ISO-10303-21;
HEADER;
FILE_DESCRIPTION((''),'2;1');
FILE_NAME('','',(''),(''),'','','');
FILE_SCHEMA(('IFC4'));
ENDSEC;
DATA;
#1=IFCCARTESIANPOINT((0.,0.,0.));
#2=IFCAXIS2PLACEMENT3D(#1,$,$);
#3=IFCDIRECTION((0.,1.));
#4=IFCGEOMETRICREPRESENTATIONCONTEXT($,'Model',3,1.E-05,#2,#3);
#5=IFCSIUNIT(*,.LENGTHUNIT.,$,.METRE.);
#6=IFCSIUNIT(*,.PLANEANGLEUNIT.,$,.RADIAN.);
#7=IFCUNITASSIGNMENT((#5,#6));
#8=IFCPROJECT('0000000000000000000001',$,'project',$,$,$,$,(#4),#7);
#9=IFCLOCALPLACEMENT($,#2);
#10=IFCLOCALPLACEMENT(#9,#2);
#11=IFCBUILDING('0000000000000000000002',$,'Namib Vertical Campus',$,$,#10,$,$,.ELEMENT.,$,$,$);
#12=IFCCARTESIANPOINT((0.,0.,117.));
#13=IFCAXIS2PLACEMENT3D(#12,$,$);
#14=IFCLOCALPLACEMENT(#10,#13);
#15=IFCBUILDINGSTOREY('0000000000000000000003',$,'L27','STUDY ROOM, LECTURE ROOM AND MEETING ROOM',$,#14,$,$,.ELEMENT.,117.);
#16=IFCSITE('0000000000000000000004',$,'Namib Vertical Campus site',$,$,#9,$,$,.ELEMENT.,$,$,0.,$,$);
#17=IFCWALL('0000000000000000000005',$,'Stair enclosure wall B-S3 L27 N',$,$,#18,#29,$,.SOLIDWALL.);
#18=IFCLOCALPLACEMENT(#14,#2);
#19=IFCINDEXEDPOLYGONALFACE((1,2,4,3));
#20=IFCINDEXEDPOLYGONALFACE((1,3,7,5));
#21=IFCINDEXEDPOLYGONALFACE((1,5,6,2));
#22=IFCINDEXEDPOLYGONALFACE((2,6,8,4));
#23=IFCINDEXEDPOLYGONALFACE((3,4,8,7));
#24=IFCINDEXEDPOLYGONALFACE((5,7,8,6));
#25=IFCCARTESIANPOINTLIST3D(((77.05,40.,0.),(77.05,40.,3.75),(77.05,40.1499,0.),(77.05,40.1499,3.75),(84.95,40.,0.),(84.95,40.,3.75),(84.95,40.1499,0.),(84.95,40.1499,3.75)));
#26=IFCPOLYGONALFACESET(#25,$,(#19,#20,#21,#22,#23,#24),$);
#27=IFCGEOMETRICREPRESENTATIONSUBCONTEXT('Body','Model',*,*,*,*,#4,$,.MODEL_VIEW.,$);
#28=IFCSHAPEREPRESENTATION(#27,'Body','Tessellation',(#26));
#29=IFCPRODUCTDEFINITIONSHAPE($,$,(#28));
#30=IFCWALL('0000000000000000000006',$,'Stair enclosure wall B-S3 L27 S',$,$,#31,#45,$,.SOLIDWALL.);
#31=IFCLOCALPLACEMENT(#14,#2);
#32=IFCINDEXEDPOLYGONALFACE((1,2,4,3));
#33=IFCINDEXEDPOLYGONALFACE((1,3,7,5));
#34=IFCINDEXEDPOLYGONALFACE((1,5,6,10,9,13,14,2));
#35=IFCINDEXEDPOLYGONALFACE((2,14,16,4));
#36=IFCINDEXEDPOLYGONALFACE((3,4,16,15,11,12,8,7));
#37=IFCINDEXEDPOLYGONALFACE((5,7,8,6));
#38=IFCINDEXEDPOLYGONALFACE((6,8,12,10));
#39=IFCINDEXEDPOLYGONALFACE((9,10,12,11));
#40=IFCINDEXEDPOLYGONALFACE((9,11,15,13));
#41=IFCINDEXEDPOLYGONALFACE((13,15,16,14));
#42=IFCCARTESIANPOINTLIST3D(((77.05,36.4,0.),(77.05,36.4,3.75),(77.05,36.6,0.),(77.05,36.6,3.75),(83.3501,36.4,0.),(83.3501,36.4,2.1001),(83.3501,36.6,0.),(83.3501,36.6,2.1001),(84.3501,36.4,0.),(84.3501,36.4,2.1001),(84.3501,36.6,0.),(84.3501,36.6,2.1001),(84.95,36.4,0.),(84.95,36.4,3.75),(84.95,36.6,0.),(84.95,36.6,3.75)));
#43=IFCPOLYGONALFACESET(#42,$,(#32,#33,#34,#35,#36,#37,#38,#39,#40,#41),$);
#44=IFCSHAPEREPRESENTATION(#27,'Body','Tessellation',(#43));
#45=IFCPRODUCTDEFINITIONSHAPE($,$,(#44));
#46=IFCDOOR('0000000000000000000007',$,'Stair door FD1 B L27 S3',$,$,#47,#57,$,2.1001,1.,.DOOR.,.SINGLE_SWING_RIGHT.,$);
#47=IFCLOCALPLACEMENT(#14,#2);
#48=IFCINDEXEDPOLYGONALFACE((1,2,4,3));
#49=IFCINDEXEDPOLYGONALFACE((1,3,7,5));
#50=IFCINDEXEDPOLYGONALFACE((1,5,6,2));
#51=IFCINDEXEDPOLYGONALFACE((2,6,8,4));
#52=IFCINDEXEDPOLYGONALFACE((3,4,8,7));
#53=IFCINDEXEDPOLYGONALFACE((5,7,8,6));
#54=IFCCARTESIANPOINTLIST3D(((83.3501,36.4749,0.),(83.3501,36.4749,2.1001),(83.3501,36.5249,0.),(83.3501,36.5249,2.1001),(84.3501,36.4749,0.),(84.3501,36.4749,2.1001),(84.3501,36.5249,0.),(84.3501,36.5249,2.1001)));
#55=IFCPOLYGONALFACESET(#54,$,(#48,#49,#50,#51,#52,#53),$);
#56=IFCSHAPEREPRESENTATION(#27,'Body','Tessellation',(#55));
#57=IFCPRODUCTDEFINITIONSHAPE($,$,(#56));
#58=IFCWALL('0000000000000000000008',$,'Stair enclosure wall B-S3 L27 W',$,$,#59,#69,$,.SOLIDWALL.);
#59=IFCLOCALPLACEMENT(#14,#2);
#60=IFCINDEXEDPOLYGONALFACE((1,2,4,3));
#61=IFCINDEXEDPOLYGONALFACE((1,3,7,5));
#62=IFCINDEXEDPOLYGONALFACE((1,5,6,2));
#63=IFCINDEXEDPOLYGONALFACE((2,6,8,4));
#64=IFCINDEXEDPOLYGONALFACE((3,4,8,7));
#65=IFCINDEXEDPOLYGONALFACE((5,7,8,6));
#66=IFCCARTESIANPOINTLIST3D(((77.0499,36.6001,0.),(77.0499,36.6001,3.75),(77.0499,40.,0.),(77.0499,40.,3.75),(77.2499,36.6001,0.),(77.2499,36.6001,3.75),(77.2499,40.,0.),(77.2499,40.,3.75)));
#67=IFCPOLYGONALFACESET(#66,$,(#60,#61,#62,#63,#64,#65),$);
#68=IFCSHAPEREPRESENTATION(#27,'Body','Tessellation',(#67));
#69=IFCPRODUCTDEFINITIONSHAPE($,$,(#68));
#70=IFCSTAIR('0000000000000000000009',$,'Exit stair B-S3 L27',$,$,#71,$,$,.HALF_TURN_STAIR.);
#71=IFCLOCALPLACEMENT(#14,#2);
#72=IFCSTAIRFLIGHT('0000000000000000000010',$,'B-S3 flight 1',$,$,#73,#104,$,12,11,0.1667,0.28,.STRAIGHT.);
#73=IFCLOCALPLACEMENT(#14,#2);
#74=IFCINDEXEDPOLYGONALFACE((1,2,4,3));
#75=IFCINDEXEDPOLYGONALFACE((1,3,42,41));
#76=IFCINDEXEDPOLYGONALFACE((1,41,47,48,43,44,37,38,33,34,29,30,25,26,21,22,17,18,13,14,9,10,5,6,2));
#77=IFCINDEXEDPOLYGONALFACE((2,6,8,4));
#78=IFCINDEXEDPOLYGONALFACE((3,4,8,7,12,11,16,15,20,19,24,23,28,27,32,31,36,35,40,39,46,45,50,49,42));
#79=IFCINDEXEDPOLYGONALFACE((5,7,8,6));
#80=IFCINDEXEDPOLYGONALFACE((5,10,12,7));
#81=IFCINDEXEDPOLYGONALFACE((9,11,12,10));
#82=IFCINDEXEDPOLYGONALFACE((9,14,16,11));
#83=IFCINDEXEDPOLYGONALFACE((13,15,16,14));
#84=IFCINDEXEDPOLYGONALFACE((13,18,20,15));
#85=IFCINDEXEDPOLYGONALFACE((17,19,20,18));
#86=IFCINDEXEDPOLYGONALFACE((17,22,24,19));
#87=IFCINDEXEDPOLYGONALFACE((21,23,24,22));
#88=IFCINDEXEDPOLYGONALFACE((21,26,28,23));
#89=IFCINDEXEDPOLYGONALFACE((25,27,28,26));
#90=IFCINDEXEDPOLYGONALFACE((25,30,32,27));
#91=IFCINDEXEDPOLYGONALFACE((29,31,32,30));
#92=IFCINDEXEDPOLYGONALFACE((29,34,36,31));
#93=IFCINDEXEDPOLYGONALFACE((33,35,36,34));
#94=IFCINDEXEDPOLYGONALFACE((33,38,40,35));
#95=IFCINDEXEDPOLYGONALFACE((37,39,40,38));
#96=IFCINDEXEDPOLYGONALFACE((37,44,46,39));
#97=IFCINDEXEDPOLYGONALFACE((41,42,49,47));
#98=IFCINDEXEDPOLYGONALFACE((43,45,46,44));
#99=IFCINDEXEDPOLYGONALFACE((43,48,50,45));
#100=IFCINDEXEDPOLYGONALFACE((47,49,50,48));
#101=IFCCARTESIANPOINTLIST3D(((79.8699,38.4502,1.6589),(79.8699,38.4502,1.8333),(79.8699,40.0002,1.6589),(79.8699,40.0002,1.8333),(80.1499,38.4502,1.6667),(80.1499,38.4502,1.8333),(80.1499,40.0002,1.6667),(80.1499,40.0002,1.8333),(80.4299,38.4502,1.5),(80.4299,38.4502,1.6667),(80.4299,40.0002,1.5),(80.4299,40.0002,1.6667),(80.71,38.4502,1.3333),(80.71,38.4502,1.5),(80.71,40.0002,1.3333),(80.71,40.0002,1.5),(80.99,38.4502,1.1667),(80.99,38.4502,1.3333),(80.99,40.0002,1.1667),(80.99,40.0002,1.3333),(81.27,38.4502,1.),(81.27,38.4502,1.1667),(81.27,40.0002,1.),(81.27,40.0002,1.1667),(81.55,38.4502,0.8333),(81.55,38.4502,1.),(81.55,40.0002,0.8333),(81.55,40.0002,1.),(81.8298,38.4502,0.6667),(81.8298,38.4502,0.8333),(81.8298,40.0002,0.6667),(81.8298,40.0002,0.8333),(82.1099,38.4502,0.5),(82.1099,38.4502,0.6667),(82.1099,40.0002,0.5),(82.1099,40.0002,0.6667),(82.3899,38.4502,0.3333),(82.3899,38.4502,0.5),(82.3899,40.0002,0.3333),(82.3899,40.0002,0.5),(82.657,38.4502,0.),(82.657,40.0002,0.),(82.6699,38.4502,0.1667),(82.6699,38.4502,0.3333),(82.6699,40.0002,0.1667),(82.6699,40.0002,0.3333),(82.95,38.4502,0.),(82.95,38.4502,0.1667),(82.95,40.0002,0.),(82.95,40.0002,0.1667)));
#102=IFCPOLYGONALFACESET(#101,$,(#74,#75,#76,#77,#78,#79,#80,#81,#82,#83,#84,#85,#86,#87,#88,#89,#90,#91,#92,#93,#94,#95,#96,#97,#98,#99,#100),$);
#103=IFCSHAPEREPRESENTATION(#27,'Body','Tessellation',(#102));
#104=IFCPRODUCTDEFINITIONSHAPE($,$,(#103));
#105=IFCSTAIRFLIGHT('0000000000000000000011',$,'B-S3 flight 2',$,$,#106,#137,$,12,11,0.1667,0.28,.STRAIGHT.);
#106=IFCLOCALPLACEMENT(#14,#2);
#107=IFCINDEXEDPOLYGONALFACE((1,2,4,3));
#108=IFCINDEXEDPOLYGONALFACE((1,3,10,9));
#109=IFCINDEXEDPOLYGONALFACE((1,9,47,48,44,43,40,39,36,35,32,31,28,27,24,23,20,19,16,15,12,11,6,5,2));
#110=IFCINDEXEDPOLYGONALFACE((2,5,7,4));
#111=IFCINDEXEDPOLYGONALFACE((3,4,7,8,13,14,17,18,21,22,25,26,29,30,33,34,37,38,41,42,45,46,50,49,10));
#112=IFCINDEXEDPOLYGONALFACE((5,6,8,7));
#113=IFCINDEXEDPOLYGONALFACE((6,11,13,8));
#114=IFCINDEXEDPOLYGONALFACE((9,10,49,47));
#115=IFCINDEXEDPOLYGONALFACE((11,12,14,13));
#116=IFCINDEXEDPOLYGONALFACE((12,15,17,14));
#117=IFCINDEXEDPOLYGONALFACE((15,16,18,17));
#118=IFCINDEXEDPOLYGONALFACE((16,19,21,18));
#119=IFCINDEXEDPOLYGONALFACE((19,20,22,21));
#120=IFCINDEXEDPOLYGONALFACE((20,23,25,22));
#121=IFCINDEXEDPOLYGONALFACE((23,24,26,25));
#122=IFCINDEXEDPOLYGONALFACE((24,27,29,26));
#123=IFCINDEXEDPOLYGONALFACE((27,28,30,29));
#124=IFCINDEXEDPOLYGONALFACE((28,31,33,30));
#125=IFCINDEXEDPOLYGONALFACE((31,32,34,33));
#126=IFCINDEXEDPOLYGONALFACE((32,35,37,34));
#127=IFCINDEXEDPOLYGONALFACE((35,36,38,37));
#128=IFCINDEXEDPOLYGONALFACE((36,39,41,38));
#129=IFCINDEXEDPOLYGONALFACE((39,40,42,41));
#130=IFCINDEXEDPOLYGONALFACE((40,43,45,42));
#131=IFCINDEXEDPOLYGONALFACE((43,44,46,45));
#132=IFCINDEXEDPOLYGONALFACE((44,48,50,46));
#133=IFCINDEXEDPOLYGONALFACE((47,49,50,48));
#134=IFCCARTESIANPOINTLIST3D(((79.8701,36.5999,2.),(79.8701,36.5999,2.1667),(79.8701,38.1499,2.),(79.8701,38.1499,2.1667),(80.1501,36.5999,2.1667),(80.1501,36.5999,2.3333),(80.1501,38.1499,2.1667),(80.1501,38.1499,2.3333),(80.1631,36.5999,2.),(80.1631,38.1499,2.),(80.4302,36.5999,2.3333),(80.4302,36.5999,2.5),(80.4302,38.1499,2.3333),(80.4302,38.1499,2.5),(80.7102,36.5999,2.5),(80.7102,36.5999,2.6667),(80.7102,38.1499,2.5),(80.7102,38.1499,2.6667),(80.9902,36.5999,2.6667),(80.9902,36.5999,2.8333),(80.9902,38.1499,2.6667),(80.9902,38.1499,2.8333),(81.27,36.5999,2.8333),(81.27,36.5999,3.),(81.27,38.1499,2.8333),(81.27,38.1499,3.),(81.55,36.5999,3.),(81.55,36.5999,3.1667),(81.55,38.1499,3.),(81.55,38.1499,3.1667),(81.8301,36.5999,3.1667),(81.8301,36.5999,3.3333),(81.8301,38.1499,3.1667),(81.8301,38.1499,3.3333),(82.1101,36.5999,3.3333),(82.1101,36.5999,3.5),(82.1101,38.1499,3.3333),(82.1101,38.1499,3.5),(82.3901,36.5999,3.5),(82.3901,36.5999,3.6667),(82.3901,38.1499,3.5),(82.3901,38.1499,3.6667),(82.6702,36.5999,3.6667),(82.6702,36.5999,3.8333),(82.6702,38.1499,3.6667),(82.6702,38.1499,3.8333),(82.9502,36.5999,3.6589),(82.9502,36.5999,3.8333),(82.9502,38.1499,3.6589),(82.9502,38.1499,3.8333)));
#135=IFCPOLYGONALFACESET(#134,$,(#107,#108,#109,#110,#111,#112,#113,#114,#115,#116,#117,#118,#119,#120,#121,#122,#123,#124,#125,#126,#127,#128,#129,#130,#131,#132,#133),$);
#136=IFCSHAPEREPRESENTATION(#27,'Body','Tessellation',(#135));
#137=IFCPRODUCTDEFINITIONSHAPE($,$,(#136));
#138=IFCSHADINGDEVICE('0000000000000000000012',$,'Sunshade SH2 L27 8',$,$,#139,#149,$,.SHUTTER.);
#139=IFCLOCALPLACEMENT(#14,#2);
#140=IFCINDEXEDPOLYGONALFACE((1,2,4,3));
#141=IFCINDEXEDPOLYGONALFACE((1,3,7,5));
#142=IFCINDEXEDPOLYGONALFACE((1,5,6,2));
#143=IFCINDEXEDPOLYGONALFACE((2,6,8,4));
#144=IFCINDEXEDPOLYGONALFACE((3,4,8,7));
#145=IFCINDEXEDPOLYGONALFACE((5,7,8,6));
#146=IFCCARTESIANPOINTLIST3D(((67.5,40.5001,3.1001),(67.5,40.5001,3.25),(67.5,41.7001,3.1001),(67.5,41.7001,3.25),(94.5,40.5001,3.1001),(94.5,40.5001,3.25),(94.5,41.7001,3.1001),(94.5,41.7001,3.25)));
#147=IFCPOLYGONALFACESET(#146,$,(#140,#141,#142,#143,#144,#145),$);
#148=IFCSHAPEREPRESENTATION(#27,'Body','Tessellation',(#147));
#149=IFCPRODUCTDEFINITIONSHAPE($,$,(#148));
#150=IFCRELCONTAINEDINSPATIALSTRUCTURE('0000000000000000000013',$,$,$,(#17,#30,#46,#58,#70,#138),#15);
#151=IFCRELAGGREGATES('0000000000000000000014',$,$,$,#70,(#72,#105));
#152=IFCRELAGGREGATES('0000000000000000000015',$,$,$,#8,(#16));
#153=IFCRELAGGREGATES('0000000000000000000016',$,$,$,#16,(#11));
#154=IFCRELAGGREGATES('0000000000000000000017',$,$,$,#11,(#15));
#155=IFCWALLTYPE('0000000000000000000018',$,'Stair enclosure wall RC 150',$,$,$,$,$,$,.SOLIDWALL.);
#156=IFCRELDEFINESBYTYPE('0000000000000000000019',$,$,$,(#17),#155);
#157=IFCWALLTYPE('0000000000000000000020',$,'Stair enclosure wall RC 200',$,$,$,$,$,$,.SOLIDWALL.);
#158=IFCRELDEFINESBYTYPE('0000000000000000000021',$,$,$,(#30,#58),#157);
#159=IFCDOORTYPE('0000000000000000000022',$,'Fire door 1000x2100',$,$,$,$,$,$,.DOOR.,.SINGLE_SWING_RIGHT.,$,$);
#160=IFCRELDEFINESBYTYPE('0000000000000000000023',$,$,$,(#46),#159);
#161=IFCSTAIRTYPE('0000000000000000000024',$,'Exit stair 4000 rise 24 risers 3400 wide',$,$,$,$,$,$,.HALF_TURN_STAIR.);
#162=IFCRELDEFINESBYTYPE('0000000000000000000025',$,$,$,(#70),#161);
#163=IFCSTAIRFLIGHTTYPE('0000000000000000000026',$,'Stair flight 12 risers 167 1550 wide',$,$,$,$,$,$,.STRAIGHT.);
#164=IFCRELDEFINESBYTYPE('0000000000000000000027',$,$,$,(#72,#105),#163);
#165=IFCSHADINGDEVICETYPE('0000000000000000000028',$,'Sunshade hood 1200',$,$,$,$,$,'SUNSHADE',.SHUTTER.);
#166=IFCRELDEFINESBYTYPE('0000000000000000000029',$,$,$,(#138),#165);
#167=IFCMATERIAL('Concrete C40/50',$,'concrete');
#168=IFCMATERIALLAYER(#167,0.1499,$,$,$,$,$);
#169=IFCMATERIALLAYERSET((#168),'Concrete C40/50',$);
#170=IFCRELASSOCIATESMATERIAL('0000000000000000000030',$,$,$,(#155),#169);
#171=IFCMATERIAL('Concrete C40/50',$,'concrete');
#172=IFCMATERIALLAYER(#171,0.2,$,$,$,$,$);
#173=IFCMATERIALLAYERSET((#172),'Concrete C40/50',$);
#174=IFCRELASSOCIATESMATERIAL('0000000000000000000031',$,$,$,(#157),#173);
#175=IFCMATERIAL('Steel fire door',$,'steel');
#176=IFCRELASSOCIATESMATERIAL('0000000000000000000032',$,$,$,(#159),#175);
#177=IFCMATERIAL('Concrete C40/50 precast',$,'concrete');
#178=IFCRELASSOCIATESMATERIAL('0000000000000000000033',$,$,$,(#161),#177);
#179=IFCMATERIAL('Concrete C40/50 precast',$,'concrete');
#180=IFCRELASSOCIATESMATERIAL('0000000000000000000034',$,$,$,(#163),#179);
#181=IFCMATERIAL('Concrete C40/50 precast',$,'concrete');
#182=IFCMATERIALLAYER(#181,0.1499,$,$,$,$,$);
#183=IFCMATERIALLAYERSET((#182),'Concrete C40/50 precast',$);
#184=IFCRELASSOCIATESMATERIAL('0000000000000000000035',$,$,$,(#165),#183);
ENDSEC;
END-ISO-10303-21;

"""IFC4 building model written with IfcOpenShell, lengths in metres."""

from ifc_helpers import new_model, si_unit, direction, frame, frame_2d, origin, origin_2d, place, context, subcontext, project, spatial, polyline, rectangle, outline, extrude, material, layer, layer_set, type_object, element, fill, aggregate, save


model = new_model("IFC4")

# Units and contexts
model_context = context("Model", 3, precision=1e-05, world=origin(), true_north=direction((0.0, 1.0)))
body_context = subcontext(model_context, "Body", "Model", "MODEL_VIEW")
ifc_project = project(units=[si_unit("LENGTHUNIT", "METRE"), si_unit("PLANEANGLEUNIT", "RADIAN")], contexts=[model_context])

# Site, building, storey
site_placement = place(None, origin())
site = spatial("IfcSite", under=ifc_project, at=site_placement, Name="Namib Vertical Campus site", CompositionType="ELEMENT", RefElevation=0.0)
building_placement = place(site_placement, origin())
building = spatial("IfcBuilding", under=site, at=building_placement, Name="Namib Vertical Campus", CompositionType="ELEMENT")
storey_placement = place(building_placement, frame((0.0, 0.0, 117.0)))
storey = spatial("IfcBuildingStorey", under=building, at=storey_placement, Name="L27", Description="STUDY ROOM, LECTURE ROOM AND MEETING ROOM", CompositionType="ELEMENT", Elevation=117.0)

# Wall
ifc_material_1 = material(Name="Concrete C40/50", Category="concrete")
ifc_layer_1 = layer(ifc_material_1, 0.1499)
ifc_layer_set_1 = layer_set([ifc_layer_1], Name="Concrete C40/50")
wall_type_1 = type_object("IfcWallType", Name="Stair enclosure wall RC 150", PredefinedType="SOLIDWALL", material=ifc_layer_set_1)
wall_1_placement = place(storey_placement, frame((77.05, 40.075, 0.0), z_axis=(0.0, 0.0, 1.0), x_axis=(1.0, 0.0, 0.0)))
element("IfcWall", 1, at=wall_1_placement, inside=storey, type_object=wall_type_1, Name="Stair enclosure wall B-S3 L27 N", PredefinedType="SOLIDWALL", context=body_context, shape_type="SweptSolid", body=[
    extrude(rectangle(XDim=7.8999, YDim=0.1499, at=frame_2d((3.95, 0.0))), origin(), (0.0, 0.0, 1.0), 3.75),
])

# Wall, opening, door
ifc_material_2 = material(Name="Concrete C40/50", Category="concrete")
ifc_layer_2 = layer(ifc_material_2, 0.2)
ifc_layer_set_2 = layer_set([ifc_layer_2], Name="Concrete C40/50")
wall_type_2 = type_object("IfcWallType", Name="Stair enclosure wall RC 200", PredefinedType="SOLIDWALL", material=ifc_layer_set_2)
wall_2_placement = place(storey_placement, frame((77.05, 36.5, 0.0), z_axis=(0.0, 0.0, 1.0), x_axis=(1.0, 0.0, 0.0)))
wall_2 = element("IfcWall", 2, at=wall_2_placement, inside=storey, type_object=wall_type_2, Name="Stair enclosure wall B-S3 L27 S", PredefinedType="SOLIDWALL", context=body_context, shape_type="SweptSolid", body=[
    extrude(rectangle(XDim=7.8999, YDim=0.2, at=frame_2d((3.95, 0.0))), origin(), (0.0, 0.0, 1.0), 3.75),
])
opening_1_placement = place(wall_2_placement, frame((6.3, 0.0, 0.0)))
opening_1 = element("IfcOpeningElement", 3, at=opening_1_placement, cuts=wall_2, PredefinedType="OPENING", context=body_context, shape_type="SweptSolid", body=[
    extrude(rectangle(XDim=1.0, YDim=2.1001, at=frame_2d((0.5, 1.05))), frame((0.0, 0.1099, 0.0), z_axis=(0.0, -1.0, 0.0), x_axis=(1.0, 0.0, 0.0)), (0.0, 0.0, 1.0), 0.22),
])
ifc_material_3 = material(Name="Steel fire door", Category="steel")
door_type_1 = type_object("IfcDoorType", Name="Fire door 1000x2100", OperationType="SINGLE_SWING_RIGHT", PredefinedType="DOOR", material=ifc_material_3)
door_1_placement = place(opening_1_placement, origin())
door_1 = element("IfcDoor", 4, at=door_1_placement, inside=storey, type_object=door_type_1, Name="Stair door FD1 B L27 S3", OperationType="SINGLE_SWING_RIGHT", OverallHeight=2.1001, OverallWidth=1.0, PredefinedType="DOOR", context=body_context, shape_type="SweptSolid", body=[
    extrude(rectangle(XDim=1.0, YDim=2.1001, at=frame_2d((0.5, 1.05))), frame((0.0, 0.0249, 0.0), z_axis=(0.0, -1.0, 0.0), x_axis=(1.0, 0.0, 0.0)), (0.0, 0.0, 1.0), 0.05),
])
fill(opening_1, door_1)

# Wall
wall_3_placement = place(storey_placement, frame((77.1499, 36.6001, 0.0), z_axis=(0.0, 0.0, 1.0), x_axis=(0.0, 1.0, 0.0)))
element("IfcWall", 5, at=wall_3_placement, inside=storey, type_object=wall_type_2, Name="Stair enclosure wall B-S3 L27 W", PredefinedType="SOLIDWALL", context=body_context, shape_type="SweptSolid", body=[
    extrude(rectangle(XDim=3.3999, YDim=0.2, at=frame_2d((1.7, 0.0))), origin(), (0.0, 0.0, 1.0), 3.75),
])

# Stair, stair flights
ifc_material_4 = material(Name="Concrete C40/50 precast", Category="concrete")
stair_type = type_object("IfcStairType", Name="Exit stair 4000 rise 24 risers 3400 wide", PredefinedType="HALF_TURN_STAIR", material=ifc_material_4)
stair_placement = place(storey_placement, origin())
stair = element("IfcStair", 6, at=stair_placement, inside=storey, type_object=stair_type, Name="Exit stair B-S3 L27", PredefinedType="HALF_TURN_STAIR")
ifc_material_5 = material(Name="Concrete C40/50 precast", Category="concrete")
stair_flight_type = type_object("IfcStairFlightType", Name="Stair flight 12 risers 167 1550 wide", PredefinedType="STRAIGHT", material=ifc_material_5)
stair_flight_1_placement = place(storey_placement, frame((82.95, 39.2251, 0.0), z_axis=(0.0, 0.0, 1.0), x_axis=(-1.0, 0.0, 0.0)))
stair_flight_1 = element("IfcStairFlight", 7, at=stair_flight_1_placement, type_object=stair_flight_type, Name="B-S3 flight 1", NumberOfRisers=12, NumberOfTreads=11, PredefinedType="STRAIGHT", RiserHeight=0.1667, TreadLength=0.28, context=body_context, shape_type="SweptSolid", body=[
    extrude(outline(polyline([(0.0, 0.0), (0.0, 0.1667), (0.28, 0.1667), (0.28, 0.3333), (0.5601, 0.3333), (0.5601, 0.5), (0.8401, 0.5), (0.8401, 0.6667), (1.1201, 0.6667), (1.1201, 0.8333), (1.3999, 0.8333), (1.3999, 1.0), (1.6799, 1.0), (1.6799, 1.1667), (1.96, 1.1667), (1.96, 1.3333), (2.24, 1.3333), (2.24, 1.5), (2.52, 1.5), (2.52, 1.6667), (2.8, 1.6667), (2.8, 1.8333), (3.0801, 1.8333), (3.0801, 2.0), (3.0801, 1.6589), (0.293, 0.0), (0.0, 0.0)])), frame((0.0, 0.7749, 0.0), z_axis=(0.0, -1.0, 0.0), x_axis=(1.0, 0.0, 0.0)), (0.0, 0.0, 1.0), 1.55),
])
stair_flight_2_placement = place(storey_placement, frame((79.8701, 37.375, 2.0), z_axis=(0.0, 0.0, 1.0), x_axis=(1.0, 0.0, 0.0)))
stair_flight_2 = element("IfcStairFlight", 8, at=stair_flight_2_placement, type_object=stair_flight_type, Name="B-S3 flight 2", NumberOfRisers=12, NumberOfTreads=11, PredefinedType="STRAIGHT", RiserHeight=0.1667, TreadLength=0.28, context=body_context, shape_type="SweptSolid", body=[
    extrude(outline(polyline([(0.0, 0.0), (0.0, 0.1667), (0.28, 0.1667), (0.28, 0.3333), (0.5601, 0.3333), (0.5601, 0.5), (0.8401, 0.5), (0.8401, 0.6667), (1.1201, 0.6667), (1.1201, 0.8333), (1.3999, 0.8333), (1.3999, 1.0), (1.6799, 1.0), (1.6799, 1.1667), (1.96, 1.1667), (1.96, 1.3333), (2.24, 1.3333), (2.24, 1.5), (2.52, 1.5), (2.52, 1.6667), (2.8, 1.6667), (2.8, 1.8333), (3.0801, 1.8333), (3.0801, 2.0), (3.0801, 1.6589), (0.293, 0.0), (0.0, 0.0)])), frame((0.0, 0.7749, 0.0), z_axis=(0.0, -1.0, 0.0), x_axis=(1.0, 0.0, 0.0)), (0.0, 0.0, 1.0), 1.55),
])
aggregate(stair, [stair_flight_1, stair_flight_2])

# Shading device
ifc_material_6 = material(Name="Concrete C40/50 precast", Category="concrete")
ifc_layer_3 = layer(ifc_material_6, 0.1499)
ifc_layer_set_3 = layer_set([ifc_layer_3], Name="Concrete C40/50 precast")
shading_device_type = type_object("IfcShadingDeviceType", Name="Sunshade hood 1200", ElementType="SUNSHADE", PredefinedType="SHUTTER", material=ifc_layer_set_3)
shading_device_placement = place(storey_placement, frame((81.0, 41.1001, 3.1001), z_axis=(0.0, 0.0, 1.0), x_axis=(-1.0, 0.0, 0.0)))
element("IfcShadingDevice", 9, at=shading_device_placement, inside=storey, type_object=shading_device_type, Name="Sunshade SH2 L27 8", PredefinedType="SHUTTER", context=body_context, shape_type="SweptSolid", body=[
    extrude(rectangle(XDim=27.0, YDim=1.2, at=origin_2d()), origin(), (0.0, 0.0, 1.0), 0.1499),
])

save(model, "model.ifc")
